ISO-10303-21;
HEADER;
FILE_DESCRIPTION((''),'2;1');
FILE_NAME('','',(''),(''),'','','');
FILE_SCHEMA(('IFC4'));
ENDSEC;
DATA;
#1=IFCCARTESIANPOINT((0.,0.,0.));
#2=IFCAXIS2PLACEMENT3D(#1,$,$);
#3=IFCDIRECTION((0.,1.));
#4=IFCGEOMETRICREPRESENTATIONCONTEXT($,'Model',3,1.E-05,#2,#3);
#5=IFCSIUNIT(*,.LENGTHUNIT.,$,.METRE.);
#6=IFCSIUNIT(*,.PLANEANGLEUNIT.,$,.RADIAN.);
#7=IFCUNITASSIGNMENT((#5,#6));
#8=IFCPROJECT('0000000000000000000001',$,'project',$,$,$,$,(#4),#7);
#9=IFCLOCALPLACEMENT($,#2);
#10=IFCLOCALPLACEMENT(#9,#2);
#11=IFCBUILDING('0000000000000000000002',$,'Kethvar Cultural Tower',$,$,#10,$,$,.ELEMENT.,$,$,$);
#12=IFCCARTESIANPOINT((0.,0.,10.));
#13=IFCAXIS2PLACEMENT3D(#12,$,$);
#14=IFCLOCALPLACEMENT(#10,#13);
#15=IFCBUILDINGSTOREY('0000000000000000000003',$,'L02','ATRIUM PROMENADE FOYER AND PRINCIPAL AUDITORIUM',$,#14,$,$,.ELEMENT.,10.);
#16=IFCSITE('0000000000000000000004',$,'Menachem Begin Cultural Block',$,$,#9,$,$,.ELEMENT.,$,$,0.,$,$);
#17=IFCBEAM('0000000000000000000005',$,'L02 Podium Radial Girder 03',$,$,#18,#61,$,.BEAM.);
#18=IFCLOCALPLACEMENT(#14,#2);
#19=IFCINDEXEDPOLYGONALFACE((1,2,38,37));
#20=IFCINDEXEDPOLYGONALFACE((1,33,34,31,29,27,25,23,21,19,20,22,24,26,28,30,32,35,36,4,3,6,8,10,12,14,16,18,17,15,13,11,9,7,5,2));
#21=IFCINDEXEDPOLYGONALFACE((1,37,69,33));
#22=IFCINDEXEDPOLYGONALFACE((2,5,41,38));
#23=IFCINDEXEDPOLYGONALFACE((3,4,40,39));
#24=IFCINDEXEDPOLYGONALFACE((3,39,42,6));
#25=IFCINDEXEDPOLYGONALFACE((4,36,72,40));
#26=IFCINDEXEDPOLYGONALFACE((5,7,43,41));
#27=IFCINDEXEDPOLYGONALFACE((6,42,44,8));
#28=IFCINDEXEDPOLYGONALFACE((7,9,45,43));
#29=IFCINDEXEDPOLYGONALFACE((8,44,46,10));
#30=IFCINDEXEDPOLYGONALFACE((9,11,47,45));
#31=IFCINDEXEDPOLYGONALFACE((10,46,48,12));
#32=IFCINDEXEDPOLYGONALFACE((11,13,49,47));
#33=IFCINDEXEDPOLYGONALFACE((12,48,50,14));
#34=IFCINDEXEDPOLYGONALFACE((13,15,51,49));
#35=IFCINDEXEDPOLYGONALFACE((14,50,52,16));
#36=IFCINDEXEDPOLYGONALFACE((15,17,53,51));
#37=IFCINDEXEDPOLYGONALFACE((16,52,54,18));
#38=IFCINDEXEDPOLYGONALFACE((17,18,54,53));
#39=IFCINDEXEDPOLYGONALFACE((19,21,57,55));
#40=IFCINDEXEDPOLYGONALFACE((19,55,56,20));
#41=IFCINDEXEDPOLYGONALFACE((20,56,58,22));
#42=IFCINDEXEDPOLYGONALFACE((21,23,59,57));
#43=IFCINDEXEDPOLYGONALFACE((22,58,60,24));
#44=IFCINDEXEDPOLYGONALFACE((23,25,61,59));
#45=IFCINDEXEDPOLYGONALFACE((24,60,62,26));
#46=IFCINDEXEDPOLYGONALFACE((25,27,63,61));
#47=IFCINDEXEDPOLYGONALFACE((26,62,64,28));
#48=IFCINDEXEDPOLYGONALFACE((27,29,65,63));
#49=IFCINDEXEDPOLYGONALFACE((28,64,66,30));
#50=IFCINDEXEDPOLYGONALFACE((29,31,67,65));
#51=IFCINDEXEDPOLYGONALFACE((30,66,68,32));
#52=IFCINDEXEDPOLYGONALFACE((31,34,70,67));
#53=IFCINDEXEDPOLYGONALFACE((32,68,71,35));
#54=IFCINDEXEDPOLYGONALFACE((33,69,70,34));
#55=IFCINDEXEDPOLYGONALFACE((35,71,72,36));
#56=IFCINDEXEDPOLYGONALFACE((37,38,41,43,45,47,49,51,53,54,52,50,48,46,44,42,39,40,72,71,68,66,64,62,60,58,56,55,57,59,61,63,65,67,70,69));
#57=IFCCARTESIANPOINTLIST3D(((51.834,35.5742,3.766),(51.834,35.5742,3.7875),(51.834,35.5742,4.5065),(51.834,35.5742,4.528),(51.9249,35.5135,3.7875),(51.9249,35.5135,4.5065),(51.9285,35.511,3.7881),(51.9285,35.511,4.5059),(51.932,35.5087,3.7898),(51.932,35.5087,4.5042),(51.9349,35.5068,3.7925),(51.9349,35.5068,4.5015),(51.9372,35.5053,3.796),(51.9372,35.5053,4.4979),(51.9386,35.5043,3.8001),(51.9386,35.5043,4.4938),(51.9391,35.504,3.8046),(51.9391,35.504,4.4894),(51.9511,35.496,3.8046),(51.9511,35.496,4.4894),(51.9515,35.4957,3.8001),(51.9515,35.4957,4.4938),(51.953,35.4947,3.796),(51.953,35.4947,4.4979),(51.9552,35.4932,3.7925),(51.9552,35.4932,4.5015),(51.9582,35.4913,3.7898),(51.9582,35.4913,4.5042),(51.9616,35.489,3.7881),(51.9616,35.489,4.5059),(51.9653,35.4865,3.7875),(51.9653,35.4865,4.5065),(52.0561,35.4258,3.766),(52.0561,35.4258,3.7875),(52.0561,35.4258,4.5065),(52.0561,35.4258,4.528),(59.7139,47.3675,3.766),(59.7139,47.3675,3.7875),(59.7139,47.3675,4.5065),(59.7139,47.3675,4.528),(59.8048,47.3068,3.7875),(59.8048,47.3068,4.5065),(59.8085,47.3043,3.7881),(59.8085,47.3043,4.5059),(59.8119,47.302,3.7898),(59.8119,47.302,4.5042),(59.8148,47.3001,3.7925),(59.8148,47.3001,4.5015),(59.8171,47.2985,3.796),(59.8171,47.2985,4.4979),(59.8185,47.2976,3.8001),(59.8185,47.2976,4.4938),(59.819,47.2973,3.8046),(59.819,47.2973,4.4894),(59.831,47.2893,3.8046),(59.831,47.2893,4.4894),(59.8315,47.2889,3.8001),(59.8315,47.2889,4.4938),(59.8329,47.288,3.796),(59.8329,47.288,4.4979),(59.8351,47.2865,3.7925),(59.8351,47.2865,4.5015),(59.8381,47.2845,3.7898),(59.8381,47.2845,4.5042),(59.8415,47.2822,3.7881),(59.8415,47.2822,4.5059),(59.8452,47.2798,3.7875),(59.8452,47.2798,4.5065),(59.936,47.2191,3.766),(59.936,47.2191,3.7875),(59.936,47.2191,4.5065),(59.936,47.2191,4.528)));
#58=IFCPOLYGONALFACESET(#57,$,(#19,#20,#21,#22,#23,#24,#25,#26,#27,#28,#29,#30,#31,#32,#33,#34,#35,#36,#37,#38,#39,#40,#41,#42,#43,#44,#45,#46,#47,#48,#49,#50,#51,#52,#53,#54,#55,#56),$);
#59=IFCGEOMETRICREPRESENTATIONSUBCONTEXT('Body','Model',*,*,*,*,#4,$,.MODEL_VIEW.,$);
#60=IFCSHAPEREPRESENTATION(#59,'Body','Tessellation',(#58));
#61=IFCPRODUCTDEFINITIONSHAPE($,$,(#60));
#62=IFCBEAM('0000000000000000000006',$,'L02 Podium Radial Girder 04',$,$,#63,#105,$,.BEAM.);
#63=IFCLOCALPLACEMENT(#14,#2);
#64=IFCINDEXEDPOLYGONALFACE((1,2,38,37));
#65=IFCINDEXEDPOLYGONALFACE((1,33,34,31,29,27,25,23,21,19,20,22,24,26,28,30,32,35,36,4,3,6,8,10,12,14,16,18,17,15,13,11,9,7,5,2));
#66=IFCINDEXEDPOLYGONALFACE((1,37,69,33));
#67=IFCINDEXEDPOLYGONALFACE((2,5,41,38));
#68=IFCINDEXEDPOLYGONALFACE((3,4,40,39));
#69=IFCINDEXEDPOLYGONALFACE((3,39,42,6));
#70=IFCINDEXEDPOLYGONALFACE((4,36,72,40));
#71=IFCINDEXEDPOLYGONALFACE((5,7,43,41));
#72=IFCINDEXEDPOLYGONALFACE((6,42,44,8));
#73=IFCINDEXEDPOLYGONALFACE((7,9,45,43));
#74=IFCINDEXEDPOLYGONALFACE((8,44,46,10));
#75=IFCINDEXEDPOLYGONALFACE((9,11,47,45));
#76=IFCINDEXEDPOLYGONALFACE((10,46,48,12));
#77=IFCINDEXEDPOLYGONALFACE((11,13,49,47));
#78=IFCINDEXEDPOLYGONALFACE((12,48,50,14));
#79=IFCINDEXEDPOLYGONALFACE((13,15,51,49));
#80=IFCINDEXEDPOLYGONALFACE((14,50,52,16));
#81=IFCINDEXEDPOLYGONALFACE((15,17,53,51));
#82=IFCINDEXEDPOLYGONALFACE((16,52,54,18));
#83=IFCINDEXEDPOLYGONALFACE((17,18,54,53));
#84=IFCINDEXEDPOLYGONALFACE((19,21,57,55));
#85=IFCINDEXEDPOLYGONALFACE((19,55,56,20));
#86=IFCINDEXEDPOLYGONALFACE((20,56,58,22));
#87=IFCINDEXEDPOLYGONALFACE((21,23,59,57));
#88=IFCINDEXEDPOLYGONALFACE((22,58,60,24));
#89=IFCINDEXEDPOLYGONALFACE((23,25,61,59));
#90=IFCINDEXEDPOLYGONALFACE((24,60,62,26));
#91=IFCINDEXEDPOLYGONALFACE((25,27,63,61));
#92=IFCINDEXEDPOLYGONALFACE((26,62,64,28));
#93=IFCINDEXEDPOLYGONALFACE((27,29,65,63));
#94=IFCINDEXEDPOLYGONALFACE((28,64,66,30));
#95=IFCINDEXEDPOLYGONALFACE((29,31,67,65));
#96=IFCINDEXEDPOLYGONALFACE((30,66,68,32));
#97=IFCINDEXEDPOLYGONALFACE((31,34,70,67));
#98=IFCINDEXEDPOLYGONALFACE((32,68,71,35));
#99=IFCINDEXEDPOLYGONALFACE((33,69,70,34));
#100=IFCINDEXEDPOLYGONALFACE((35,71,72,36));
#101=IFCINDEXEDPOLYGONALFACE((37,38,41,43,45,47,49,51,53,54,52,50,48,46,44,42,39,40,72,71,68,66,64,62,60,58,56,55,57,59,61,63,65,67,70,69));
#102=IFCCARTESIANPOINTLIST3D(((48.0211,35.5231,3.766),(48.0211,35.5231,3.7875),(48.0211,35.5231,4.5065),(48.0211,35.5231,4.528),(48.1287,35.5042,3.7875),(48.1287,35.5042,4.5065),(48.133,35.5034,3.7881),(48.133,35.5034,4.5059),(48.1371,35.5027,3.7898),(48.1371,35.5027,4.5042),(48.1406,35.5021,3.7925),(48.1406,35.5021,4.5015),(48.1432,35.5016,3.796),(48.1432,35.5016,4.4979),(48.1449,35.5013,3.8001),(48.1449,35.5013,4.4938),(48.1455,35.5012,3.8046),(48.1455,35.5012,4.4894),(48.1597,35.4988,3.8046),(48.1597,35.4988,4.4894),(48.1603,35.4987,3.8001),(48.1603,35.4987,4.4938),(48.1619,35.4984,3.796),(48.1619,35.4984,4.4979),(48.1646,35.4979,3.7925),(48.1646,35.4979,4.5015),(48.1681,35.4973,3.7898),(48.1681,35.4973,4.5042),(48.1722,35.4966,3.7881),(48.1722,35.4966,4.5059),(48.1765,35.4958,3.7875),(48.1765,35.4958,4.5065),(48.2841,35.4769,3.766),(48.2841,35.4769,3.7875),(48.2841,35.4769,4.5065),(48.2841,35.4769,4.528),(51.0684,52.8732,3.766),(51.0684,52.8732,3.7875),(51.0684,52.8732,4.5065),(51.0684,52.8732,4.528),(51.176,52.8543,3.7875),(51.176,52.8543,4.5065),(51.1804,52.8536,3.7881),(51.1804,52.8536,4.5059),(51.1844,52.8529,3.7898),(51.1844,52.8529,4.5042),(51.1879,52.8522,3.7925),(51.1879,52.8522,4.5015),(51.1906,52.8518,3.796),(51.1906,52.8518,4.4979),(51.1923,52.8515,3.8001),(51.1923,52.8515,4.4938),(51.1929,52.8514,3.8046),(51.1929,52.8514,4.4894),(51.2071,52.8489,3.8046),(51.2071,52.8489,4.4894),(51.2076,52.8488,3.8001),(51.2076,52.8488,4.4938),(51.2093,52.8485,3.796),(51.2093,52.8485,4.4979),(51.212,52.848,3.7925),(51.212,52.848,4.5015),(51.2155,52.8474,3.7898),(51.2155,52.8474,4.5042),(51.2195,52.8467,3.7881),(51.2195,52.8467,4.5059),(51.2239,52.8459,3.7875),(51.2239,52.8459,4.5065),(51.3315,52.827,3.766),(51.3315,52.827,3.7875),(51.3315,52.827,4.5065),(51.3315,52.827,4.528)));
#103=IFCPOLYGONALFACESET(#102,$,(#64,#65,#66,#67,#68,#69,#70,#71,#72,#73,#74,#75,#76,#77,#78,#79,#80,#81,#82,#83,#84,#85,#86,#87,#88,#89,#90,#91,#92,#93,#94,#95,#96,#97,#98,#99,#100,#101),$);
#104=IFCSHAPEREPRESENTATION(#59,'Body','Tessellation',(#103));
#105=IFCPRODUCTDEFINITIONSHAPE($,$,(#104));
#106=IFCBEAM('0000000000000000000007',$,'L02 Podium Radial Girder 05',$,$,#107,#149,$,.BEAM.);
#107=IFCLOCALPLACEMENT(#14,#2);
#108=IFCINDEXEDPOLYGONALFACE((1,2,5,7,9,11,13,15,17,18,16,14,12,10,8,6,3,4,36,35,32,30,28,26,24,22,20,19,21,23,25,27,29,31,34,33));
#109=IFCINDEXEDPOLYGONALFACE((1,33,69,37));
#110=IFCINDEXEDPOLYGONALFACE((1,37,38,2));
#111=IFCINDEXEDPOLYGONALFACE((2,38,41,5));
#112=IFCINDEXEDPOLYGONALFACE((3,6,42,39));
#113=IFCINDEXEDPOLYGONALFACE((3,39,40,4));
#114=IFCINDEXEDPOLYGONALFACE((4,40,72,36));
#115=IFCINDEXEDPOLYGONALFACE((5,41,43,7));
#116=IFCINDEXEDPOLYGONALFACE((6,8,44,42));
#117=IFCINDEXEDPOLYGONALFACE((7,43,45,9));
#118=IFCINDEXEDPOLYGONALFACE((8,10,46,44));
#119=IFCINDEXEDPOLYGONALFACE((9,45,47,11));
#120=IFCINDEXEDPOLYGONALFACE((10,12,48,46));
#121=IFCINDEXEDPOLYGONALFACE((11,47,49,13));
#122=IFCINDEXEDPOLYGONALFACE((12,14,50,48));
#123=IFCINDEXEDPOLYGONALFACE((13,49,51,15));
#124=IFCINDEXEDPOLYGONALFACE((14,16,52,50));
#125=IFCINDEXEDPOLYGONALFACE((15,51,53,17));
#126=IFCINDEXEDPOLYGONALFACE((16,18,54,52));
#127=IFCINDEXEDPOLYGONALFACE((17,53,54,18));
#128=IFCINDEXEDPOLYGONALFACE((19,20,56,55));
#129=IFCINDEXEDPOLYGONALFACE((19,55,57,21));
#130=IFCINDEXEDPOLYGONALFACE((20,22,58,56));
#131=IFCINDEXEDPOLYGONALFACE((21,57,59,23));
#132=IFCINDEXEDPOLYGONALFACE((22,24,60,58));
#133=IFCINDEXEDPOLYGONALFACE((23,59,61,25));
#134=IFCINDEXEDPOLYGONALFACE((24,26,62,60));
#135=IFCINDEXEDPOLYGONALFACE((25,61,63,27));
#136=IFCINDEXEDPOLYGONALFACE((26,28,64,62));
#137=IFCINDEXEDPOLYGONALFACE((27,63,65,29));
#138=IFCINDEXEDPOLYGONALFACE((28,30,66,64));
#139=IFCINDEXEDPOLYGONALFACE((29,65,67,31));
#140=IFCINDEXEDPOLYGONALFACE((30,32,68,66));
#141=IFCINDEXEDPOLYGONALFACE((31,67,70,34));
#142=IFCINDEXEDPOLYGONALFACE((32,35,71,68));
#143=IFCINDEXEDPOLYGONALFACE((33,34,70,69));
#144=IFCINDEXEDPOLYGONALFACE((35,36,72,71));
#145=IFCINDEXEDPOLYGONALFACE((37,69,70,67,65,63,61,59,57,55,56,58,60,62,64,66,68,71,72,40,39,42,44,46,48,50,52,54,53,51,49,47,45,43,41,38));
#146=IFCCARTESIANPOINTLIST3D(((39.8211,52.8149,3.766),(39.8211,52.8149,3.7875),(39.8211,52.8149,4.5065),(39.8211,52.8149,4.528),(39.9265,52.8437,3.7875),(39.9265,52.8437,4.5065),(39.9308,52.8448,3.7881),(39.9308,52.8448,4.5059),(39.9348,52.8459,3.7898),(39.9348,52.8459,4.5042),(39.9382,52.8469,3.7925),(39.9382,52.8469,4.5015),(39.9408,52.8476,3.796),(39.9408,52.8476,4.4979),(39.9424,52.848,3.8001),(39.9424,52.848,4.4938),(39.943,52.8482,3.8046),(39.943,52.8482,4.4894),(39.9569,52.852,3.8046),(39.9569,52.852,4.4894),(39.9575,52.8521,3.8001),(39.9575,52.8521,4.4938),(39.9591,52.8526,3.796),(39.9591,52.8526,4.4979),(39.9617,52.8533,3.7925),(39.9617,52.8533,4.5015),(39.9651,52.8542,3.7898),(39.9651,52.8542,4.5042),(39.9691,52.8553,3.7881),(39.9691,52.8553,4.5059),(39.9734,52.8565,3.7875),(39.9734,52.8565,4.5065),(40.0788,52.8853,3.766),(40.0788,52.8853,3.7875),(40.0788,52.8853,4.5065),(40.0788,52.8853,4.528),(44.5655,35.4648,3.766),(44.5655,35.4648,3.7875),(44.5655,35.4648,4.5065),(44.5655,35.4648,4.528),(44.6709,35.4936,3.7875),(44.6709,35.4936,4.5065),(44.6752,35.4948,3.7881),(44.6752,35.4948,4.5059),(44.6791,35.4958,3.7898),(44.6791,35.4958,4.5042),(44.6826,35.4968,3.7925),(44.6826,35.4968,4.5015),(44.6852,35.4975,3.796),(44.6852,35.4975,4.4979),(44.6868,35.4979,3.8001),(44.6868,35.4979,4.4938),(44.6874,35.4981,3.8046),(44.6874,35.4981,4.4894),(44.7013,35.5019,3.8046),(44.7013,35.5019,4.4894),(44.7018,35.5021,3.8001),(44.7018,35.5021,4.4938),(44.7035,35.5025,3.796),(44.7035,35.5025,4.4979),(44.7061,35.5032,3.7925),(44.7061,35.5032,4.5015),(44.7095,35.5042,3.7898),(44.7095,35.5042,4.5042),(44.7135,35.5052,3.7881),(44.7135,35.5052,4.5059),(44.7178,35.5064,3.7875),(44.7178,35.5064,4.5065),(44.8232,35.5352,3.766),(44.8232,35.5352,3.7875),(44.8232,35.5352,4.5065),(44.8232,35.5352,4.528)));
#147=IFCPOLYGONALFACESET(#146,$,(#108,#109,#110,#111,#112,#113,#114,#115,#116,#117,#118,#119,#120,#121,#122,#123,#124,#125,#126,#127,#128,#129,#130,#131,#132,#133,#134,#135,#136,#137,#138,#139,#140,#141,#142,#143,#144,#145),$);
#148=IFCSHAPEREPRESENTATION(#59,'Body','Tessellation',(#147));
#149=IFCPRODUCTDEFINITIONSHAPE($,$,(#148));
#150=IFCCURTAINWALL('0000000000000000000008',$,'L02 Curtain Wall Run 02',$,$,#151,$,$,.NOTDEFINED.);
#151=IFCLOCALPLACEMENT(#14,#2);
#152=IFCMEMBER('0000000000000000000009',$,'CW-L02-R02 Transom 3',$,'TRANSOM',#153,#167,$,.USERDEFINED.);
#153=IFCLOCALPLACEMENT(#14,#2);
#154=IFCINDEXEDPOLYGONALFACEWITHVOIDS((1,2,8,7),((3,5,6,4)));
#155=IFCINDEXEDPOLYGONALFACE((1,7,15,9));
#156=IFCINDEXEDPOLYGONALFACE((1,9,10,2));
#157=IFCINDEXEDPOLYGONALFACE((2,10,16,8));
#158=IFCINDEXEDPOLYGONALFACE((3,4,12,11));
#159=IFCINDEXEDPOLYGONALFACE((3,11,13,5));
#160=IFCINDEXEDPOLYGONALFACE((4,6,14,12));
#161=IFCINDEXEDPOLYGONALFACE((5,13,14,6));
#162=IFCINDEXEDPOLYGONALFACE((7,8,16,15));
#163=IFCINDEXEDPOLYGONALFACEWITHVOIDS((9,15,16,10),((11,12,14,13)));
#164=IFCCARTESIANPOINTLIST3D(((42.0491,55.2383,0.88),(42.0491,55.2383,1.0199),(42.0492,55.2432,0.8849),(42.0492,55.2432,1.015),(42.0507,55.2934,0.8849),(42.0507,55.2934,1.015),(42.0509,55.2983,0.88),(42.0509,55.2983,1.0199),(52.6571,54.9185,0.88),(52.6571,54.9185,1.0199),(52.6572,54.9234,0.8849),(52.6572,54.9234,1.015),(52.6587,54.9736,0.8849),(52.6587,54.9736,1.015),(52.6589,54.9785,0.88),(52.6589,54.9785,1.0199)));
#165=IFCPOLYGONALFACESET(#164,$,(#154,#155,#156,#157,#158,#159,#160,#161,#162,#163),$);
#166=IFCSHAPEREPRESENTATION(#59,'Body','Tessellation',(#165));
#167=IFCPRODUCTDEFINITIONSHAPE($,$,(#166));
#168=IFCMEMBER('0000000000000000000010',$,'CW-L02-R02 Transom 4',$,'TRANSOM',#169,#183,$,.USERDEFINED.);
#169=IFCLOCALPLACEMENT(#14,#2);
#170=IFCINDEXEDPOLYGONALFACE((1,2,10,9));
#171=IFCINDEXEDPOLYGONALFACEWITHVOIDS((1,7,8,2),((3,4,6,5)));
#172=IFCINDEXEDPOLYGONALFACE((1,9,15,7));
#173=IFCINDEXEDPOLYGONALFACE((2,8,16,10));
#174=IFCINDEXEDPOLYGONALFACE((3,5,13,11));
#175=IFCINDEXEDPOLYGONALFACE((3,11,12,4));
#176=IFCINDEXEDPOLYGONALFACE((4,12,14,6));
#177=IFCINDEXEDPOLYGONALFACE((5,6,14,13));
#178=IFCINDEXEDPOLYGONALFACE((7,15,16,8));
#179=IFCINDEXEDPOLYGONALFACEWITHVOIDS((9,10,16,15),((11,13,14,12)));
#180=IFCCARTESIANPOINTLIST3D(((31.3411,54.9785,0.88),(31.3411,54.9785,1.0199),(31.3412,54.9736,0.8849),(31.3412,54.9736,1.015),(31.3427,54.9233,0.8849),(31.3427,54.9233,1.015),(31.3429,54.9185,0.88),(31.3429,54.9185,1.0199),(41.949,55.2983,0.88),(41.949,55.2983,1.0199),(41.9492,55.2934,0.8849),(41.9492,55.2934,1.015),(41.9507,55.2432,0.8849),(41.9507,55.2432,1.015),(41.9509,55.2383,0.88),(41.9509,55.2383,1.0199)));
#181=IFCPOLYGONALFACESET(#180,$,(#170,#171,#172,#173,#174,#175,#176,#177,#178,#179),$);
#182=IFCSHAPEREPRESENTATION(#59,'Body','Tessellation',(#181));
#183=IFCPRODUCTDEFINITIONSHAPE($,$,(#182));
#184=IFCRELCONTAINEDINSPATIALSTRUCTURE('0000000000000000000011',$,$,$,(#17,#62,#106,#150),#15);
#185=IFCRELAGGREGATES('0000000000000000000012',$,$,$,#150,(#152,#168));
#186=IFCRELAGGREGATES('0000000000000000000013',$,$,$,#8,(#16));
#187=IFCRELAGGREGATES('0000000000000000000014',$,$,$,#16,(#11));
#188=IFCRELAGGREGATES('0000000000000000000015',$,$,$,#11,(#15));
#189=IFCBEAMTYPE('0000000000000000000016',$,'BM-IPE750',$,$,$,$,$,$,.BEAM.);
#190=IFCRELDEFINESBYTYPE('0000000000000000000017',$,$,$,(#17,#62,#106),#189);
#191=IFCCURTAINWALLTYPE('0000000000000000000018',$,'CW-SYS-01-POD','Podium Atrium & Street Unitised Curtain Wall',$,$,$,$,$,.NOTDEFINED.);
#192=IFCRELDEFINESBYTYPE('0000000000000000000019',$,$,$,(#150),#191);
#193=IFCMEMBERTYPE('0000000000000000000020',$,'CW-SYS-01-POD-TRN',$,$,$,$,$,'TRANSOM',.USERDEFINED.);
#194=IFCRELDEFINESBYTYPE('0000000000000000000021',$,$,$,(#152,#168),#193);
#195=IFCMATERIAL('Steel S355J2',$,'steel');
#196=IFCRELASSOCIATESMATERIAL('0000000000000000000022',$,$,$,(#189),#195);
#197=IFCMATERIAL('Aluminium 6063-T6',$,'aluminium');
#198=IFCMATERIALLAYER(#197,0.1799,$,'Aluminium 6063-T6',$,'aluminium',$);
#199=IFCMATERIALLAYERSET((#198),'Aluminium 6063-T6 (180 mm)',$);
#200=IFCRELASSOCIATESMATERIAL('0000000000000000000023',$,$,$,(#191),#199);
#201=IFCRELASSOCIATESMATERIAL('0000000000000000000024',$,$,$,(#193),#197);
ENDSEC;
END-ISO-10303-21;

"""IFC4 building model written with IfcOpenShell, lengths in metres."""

from ifc_helpers import new_model, si_unit, direction, frame, origin, origin_2d, place, context, subcontext, project, spatial, hollow_rectangle, i_section, extrude, source, transform, mapped, material, layer, layer_set, material_profile, profile_set, type_object, element, aggregate, save


model = new_model("IFC4")

# Units and contexts
model_context = context("Model", 3, precision=1e-05, world=origin(), true_north=direction((0.0, 1.0)))
body_context = subcontext(model_context, "Body", "Model", "MODEL_VIEW")
ifc_project = project(units=[si_unit("LENGTHUNIT", "METRE"), si_unit("PLANEANGLEUNIT", "RADIAN")], contexts=[model_context])

# Site, building, storey
site_placement = place(None, origin())
site = spatial("IfcSite", under=ifc_project, at=site_placement, Name="Menachem Begin Cultural Block", CompositionType="ELEMENT", RefElevation=0.0)
building_placement = place(site_placement, origin())
building = spatial("IfcBuilding", under=site, at=building_placement, Name="Kethvar Cultural Tower", CompositionType="ELEMENT")
storey_placement = place(building_placement, frame((0.0, 0.0, 10.0)))
storey = spatial("IfcBuildingStorey", under=building, at=storey_placement, Name="L02", Description="ATRIUM PROMENADE FOYER AND PRINCIPAL AUDITORIUM", CompositionType="ELEMENT", Elevation=10.0)

# Beams
ifc_material_1 = material(Name="Steel S355J2", Category="steel")
ifc_material_profile_1 = material_profile(ifc_material_1, i_section(OverallWidth=0.2671, OverallDepth=0.762, WebThickness=0.0144, FlangeThickness=0.0215, FilletRadius=0.0171, at=origin_2d()), Name="Steel S355J2 — IPE750x173")
ifc_profile_set_1 = profile_set([ifc_material_profile_1], Name="Steel S355J2 — IPE750x173")
beam_type_1 = type_object("IfcBeamType", Name="BM-IPE750", PredefinedType="BEAM", material=ifc_profile_set_1)
shared_shape_1 = source(origin(), body_context, "Body", "SweptSolid", [
    extrude(i_section(OverallWidth=0.2671, OverallDepth=0.762, WebThickness=0.0144, FlangeThickness=0.0215, FilletRadius=0.0171, at=origin_2d()), origin(), (0.0, 0.0, 1.0), 14.1836),
])
beam_1_placement = place(storey_placement, frame((51.9451, 35.5, 4.147), z_axis=(0.555566, 0.831473, 0.0), x_axis=(-0.831473, 0.555566, 0.0)))
element("IfcBeam", 1, at=beam_1_placement, inside=storey, type_object=beam_type_1, Name="L02 Podium Radial Girder 03", PredefinedType="BEAM", context=body_context, shape_type="MappedRepresentation", body=[
    mapped(shared_shape_1, transform((0.0, 0.0, 0.0), scale=1.0)),
])
shared_shape_2 = source(origin(), body_context, "Body", "SweptSolid", [
    extrude(i_section(OverallWidth=0.2671, OverallDepth=0.762, WebThickness=0.0144, FlangeThickness=0.0215, FilletRadius=0.0171, at=origin_2d()), origin(), (0.0, 0.0, 1.0), 17.6157),
])
beam_2_placement = place(storey_placement, frame((48.1526, 35.5, 4.147), z_axis=(0.172991, 0.984923, 0.0), x_axis=(-0.984923, 0.172991, 0.0)))
element("IfcBeam", 2, at=beam_2_placement, inside=storey, type_object=beam_type_1, Name="L02 Podium Radial Girder 04", PredefinedType="BEAM", context=body_context, shape_type="MappedRepresentation", body=[
    mapped(shared_shape_2, transform((0.0, 0.0, 0.0), scale=1.0)),
])
shared_shape_3 = source(origin(), body_context, "Body", "SweptSolid", [
    extrude(i_section(OverallWidth=0.2671, OverallDepth=0.762, WebThickness=0.0144, FlangeThickness=0.0215, FilletRadius=0.0171, at=origin_2d()), origin(), (0.0, 0.0, 1.0), 17.9871),
])
beam_3_placement = place(storey_placement, frame((44.6943, 35.5, 4.147), z_axis=(-0.263766, 0.964587, 0.0), x_axis=(-0.964587, -0.263766, 0.0)))
element("IfcBeam", 3, at=beam_3_placement, inside=storey, type_object=beam_type_1, Name="L02 Podium Radial Girder 05", PredefinedType="BEAM", context=body_context, shape_type="MappedRepresentation", body=[
    mapped(shared_shape_3, transform((0.0, 0.0, 0.0), scale=1.0)),
])

# Curtain wall, members
ifc_material_2 = material(Name="Aluminium 6063-T6", Category="aluminium")
ifc_layer_1 = layer(ifc_material_2, 0.1799, Name="Aluminium 6063-T6", Category="aluminium")
ifc_layer_set_1 = layer_set([ifc_layer_1], Name="Aluminium 6063-T6 (180 mm)")
curtain_wall_type = type_object("IfcCurtainWallType", Name="CW-SYS-01-POD", Description="Podium Atrium & Street Unitised Curtain Wall", PredefinedType="NOTDEFINED", material=ifc_layer_set_1)
curtain_wall_placement = place(storey_placement, origin())
curtain_wall = element("IfcCurtainWall", 4, at=curtain_wall_placement, inside=storey, type_object=curtain_wall_type, Name="L02 Curtain Wall Run 02", PredefinedType="NOTDEFINED")
ifc_material_profile_2 = material_profile(ifc_material_2, hollow_rectangle(XDim=0.0601, YDim=0.1399, WallThickness=0.0049, at=origin_2d()), Name="Aluminium 6063-T6 — RHS140x60x5")
ifc_profile_set_2 = profile_set([ifc_material_profile_2], Name="Aluminium 6063-T6 — RHS140x60x5")
member_type_1 = type_object("IfcMemberType", Name="CW-SYS-01-POD-TRN", ElementType="TRANSOM", PredefinedType="USERDEFINED", material=ifc_profile_set_2)
shared_shape_4 = source(origin(), body_context, "Body", "SweptSolid", [
    extrude(hollow_rectangle(XDim=0.0601, YDim=0.1399, WallThickness=0.0049, at=origin_2d()), origin(), (0.0, 0.0, 1.0), 10.6128),
])
member_1_placement = place(storey_placement, frame((52.658, 54.9485, 0.95), z_axis=(-0.999546, 0.030136, 0.0), x_axis=(-0.030136, -0.999546, 0.0)))
member_1 = element("IfcMember", 5, at=member_1_placement, type_object=member_type_1, Name="CW-L02-R02 Transom 3", ObjectType="TRANSOM", PredefinedType="USERDEFINED", context=body_context, shape_type="MappedRepresentation", body=[
    mapped(shared_shape_4, transform((0.0, 0.0, 0.0), scale=1.0)),
])
member_2_placement = place(storey_placement, frame((41.95, 55.2683, 0.95), z_axis=(-0.999546, -0.030136, 0.0), x_axis=(0.030136, -0.999546, 0.0)))
member_2 = element("IfcMember", 6, at=member_2_placement, type_object=member_type_1, Name="CW-L02-R02 Transom 4", ObjectType="TRANSOM", PredefinedType="USERDEFINED", context=body_context, shape_type="MappedRepresentation", body=[
    mapped(shared_shape_4, transform((0.0, 0.0, 0.0), scale=1.0)),
])
aggregate(curtain_wall, [member_1, member_2])

save(model, "model.ifc")
